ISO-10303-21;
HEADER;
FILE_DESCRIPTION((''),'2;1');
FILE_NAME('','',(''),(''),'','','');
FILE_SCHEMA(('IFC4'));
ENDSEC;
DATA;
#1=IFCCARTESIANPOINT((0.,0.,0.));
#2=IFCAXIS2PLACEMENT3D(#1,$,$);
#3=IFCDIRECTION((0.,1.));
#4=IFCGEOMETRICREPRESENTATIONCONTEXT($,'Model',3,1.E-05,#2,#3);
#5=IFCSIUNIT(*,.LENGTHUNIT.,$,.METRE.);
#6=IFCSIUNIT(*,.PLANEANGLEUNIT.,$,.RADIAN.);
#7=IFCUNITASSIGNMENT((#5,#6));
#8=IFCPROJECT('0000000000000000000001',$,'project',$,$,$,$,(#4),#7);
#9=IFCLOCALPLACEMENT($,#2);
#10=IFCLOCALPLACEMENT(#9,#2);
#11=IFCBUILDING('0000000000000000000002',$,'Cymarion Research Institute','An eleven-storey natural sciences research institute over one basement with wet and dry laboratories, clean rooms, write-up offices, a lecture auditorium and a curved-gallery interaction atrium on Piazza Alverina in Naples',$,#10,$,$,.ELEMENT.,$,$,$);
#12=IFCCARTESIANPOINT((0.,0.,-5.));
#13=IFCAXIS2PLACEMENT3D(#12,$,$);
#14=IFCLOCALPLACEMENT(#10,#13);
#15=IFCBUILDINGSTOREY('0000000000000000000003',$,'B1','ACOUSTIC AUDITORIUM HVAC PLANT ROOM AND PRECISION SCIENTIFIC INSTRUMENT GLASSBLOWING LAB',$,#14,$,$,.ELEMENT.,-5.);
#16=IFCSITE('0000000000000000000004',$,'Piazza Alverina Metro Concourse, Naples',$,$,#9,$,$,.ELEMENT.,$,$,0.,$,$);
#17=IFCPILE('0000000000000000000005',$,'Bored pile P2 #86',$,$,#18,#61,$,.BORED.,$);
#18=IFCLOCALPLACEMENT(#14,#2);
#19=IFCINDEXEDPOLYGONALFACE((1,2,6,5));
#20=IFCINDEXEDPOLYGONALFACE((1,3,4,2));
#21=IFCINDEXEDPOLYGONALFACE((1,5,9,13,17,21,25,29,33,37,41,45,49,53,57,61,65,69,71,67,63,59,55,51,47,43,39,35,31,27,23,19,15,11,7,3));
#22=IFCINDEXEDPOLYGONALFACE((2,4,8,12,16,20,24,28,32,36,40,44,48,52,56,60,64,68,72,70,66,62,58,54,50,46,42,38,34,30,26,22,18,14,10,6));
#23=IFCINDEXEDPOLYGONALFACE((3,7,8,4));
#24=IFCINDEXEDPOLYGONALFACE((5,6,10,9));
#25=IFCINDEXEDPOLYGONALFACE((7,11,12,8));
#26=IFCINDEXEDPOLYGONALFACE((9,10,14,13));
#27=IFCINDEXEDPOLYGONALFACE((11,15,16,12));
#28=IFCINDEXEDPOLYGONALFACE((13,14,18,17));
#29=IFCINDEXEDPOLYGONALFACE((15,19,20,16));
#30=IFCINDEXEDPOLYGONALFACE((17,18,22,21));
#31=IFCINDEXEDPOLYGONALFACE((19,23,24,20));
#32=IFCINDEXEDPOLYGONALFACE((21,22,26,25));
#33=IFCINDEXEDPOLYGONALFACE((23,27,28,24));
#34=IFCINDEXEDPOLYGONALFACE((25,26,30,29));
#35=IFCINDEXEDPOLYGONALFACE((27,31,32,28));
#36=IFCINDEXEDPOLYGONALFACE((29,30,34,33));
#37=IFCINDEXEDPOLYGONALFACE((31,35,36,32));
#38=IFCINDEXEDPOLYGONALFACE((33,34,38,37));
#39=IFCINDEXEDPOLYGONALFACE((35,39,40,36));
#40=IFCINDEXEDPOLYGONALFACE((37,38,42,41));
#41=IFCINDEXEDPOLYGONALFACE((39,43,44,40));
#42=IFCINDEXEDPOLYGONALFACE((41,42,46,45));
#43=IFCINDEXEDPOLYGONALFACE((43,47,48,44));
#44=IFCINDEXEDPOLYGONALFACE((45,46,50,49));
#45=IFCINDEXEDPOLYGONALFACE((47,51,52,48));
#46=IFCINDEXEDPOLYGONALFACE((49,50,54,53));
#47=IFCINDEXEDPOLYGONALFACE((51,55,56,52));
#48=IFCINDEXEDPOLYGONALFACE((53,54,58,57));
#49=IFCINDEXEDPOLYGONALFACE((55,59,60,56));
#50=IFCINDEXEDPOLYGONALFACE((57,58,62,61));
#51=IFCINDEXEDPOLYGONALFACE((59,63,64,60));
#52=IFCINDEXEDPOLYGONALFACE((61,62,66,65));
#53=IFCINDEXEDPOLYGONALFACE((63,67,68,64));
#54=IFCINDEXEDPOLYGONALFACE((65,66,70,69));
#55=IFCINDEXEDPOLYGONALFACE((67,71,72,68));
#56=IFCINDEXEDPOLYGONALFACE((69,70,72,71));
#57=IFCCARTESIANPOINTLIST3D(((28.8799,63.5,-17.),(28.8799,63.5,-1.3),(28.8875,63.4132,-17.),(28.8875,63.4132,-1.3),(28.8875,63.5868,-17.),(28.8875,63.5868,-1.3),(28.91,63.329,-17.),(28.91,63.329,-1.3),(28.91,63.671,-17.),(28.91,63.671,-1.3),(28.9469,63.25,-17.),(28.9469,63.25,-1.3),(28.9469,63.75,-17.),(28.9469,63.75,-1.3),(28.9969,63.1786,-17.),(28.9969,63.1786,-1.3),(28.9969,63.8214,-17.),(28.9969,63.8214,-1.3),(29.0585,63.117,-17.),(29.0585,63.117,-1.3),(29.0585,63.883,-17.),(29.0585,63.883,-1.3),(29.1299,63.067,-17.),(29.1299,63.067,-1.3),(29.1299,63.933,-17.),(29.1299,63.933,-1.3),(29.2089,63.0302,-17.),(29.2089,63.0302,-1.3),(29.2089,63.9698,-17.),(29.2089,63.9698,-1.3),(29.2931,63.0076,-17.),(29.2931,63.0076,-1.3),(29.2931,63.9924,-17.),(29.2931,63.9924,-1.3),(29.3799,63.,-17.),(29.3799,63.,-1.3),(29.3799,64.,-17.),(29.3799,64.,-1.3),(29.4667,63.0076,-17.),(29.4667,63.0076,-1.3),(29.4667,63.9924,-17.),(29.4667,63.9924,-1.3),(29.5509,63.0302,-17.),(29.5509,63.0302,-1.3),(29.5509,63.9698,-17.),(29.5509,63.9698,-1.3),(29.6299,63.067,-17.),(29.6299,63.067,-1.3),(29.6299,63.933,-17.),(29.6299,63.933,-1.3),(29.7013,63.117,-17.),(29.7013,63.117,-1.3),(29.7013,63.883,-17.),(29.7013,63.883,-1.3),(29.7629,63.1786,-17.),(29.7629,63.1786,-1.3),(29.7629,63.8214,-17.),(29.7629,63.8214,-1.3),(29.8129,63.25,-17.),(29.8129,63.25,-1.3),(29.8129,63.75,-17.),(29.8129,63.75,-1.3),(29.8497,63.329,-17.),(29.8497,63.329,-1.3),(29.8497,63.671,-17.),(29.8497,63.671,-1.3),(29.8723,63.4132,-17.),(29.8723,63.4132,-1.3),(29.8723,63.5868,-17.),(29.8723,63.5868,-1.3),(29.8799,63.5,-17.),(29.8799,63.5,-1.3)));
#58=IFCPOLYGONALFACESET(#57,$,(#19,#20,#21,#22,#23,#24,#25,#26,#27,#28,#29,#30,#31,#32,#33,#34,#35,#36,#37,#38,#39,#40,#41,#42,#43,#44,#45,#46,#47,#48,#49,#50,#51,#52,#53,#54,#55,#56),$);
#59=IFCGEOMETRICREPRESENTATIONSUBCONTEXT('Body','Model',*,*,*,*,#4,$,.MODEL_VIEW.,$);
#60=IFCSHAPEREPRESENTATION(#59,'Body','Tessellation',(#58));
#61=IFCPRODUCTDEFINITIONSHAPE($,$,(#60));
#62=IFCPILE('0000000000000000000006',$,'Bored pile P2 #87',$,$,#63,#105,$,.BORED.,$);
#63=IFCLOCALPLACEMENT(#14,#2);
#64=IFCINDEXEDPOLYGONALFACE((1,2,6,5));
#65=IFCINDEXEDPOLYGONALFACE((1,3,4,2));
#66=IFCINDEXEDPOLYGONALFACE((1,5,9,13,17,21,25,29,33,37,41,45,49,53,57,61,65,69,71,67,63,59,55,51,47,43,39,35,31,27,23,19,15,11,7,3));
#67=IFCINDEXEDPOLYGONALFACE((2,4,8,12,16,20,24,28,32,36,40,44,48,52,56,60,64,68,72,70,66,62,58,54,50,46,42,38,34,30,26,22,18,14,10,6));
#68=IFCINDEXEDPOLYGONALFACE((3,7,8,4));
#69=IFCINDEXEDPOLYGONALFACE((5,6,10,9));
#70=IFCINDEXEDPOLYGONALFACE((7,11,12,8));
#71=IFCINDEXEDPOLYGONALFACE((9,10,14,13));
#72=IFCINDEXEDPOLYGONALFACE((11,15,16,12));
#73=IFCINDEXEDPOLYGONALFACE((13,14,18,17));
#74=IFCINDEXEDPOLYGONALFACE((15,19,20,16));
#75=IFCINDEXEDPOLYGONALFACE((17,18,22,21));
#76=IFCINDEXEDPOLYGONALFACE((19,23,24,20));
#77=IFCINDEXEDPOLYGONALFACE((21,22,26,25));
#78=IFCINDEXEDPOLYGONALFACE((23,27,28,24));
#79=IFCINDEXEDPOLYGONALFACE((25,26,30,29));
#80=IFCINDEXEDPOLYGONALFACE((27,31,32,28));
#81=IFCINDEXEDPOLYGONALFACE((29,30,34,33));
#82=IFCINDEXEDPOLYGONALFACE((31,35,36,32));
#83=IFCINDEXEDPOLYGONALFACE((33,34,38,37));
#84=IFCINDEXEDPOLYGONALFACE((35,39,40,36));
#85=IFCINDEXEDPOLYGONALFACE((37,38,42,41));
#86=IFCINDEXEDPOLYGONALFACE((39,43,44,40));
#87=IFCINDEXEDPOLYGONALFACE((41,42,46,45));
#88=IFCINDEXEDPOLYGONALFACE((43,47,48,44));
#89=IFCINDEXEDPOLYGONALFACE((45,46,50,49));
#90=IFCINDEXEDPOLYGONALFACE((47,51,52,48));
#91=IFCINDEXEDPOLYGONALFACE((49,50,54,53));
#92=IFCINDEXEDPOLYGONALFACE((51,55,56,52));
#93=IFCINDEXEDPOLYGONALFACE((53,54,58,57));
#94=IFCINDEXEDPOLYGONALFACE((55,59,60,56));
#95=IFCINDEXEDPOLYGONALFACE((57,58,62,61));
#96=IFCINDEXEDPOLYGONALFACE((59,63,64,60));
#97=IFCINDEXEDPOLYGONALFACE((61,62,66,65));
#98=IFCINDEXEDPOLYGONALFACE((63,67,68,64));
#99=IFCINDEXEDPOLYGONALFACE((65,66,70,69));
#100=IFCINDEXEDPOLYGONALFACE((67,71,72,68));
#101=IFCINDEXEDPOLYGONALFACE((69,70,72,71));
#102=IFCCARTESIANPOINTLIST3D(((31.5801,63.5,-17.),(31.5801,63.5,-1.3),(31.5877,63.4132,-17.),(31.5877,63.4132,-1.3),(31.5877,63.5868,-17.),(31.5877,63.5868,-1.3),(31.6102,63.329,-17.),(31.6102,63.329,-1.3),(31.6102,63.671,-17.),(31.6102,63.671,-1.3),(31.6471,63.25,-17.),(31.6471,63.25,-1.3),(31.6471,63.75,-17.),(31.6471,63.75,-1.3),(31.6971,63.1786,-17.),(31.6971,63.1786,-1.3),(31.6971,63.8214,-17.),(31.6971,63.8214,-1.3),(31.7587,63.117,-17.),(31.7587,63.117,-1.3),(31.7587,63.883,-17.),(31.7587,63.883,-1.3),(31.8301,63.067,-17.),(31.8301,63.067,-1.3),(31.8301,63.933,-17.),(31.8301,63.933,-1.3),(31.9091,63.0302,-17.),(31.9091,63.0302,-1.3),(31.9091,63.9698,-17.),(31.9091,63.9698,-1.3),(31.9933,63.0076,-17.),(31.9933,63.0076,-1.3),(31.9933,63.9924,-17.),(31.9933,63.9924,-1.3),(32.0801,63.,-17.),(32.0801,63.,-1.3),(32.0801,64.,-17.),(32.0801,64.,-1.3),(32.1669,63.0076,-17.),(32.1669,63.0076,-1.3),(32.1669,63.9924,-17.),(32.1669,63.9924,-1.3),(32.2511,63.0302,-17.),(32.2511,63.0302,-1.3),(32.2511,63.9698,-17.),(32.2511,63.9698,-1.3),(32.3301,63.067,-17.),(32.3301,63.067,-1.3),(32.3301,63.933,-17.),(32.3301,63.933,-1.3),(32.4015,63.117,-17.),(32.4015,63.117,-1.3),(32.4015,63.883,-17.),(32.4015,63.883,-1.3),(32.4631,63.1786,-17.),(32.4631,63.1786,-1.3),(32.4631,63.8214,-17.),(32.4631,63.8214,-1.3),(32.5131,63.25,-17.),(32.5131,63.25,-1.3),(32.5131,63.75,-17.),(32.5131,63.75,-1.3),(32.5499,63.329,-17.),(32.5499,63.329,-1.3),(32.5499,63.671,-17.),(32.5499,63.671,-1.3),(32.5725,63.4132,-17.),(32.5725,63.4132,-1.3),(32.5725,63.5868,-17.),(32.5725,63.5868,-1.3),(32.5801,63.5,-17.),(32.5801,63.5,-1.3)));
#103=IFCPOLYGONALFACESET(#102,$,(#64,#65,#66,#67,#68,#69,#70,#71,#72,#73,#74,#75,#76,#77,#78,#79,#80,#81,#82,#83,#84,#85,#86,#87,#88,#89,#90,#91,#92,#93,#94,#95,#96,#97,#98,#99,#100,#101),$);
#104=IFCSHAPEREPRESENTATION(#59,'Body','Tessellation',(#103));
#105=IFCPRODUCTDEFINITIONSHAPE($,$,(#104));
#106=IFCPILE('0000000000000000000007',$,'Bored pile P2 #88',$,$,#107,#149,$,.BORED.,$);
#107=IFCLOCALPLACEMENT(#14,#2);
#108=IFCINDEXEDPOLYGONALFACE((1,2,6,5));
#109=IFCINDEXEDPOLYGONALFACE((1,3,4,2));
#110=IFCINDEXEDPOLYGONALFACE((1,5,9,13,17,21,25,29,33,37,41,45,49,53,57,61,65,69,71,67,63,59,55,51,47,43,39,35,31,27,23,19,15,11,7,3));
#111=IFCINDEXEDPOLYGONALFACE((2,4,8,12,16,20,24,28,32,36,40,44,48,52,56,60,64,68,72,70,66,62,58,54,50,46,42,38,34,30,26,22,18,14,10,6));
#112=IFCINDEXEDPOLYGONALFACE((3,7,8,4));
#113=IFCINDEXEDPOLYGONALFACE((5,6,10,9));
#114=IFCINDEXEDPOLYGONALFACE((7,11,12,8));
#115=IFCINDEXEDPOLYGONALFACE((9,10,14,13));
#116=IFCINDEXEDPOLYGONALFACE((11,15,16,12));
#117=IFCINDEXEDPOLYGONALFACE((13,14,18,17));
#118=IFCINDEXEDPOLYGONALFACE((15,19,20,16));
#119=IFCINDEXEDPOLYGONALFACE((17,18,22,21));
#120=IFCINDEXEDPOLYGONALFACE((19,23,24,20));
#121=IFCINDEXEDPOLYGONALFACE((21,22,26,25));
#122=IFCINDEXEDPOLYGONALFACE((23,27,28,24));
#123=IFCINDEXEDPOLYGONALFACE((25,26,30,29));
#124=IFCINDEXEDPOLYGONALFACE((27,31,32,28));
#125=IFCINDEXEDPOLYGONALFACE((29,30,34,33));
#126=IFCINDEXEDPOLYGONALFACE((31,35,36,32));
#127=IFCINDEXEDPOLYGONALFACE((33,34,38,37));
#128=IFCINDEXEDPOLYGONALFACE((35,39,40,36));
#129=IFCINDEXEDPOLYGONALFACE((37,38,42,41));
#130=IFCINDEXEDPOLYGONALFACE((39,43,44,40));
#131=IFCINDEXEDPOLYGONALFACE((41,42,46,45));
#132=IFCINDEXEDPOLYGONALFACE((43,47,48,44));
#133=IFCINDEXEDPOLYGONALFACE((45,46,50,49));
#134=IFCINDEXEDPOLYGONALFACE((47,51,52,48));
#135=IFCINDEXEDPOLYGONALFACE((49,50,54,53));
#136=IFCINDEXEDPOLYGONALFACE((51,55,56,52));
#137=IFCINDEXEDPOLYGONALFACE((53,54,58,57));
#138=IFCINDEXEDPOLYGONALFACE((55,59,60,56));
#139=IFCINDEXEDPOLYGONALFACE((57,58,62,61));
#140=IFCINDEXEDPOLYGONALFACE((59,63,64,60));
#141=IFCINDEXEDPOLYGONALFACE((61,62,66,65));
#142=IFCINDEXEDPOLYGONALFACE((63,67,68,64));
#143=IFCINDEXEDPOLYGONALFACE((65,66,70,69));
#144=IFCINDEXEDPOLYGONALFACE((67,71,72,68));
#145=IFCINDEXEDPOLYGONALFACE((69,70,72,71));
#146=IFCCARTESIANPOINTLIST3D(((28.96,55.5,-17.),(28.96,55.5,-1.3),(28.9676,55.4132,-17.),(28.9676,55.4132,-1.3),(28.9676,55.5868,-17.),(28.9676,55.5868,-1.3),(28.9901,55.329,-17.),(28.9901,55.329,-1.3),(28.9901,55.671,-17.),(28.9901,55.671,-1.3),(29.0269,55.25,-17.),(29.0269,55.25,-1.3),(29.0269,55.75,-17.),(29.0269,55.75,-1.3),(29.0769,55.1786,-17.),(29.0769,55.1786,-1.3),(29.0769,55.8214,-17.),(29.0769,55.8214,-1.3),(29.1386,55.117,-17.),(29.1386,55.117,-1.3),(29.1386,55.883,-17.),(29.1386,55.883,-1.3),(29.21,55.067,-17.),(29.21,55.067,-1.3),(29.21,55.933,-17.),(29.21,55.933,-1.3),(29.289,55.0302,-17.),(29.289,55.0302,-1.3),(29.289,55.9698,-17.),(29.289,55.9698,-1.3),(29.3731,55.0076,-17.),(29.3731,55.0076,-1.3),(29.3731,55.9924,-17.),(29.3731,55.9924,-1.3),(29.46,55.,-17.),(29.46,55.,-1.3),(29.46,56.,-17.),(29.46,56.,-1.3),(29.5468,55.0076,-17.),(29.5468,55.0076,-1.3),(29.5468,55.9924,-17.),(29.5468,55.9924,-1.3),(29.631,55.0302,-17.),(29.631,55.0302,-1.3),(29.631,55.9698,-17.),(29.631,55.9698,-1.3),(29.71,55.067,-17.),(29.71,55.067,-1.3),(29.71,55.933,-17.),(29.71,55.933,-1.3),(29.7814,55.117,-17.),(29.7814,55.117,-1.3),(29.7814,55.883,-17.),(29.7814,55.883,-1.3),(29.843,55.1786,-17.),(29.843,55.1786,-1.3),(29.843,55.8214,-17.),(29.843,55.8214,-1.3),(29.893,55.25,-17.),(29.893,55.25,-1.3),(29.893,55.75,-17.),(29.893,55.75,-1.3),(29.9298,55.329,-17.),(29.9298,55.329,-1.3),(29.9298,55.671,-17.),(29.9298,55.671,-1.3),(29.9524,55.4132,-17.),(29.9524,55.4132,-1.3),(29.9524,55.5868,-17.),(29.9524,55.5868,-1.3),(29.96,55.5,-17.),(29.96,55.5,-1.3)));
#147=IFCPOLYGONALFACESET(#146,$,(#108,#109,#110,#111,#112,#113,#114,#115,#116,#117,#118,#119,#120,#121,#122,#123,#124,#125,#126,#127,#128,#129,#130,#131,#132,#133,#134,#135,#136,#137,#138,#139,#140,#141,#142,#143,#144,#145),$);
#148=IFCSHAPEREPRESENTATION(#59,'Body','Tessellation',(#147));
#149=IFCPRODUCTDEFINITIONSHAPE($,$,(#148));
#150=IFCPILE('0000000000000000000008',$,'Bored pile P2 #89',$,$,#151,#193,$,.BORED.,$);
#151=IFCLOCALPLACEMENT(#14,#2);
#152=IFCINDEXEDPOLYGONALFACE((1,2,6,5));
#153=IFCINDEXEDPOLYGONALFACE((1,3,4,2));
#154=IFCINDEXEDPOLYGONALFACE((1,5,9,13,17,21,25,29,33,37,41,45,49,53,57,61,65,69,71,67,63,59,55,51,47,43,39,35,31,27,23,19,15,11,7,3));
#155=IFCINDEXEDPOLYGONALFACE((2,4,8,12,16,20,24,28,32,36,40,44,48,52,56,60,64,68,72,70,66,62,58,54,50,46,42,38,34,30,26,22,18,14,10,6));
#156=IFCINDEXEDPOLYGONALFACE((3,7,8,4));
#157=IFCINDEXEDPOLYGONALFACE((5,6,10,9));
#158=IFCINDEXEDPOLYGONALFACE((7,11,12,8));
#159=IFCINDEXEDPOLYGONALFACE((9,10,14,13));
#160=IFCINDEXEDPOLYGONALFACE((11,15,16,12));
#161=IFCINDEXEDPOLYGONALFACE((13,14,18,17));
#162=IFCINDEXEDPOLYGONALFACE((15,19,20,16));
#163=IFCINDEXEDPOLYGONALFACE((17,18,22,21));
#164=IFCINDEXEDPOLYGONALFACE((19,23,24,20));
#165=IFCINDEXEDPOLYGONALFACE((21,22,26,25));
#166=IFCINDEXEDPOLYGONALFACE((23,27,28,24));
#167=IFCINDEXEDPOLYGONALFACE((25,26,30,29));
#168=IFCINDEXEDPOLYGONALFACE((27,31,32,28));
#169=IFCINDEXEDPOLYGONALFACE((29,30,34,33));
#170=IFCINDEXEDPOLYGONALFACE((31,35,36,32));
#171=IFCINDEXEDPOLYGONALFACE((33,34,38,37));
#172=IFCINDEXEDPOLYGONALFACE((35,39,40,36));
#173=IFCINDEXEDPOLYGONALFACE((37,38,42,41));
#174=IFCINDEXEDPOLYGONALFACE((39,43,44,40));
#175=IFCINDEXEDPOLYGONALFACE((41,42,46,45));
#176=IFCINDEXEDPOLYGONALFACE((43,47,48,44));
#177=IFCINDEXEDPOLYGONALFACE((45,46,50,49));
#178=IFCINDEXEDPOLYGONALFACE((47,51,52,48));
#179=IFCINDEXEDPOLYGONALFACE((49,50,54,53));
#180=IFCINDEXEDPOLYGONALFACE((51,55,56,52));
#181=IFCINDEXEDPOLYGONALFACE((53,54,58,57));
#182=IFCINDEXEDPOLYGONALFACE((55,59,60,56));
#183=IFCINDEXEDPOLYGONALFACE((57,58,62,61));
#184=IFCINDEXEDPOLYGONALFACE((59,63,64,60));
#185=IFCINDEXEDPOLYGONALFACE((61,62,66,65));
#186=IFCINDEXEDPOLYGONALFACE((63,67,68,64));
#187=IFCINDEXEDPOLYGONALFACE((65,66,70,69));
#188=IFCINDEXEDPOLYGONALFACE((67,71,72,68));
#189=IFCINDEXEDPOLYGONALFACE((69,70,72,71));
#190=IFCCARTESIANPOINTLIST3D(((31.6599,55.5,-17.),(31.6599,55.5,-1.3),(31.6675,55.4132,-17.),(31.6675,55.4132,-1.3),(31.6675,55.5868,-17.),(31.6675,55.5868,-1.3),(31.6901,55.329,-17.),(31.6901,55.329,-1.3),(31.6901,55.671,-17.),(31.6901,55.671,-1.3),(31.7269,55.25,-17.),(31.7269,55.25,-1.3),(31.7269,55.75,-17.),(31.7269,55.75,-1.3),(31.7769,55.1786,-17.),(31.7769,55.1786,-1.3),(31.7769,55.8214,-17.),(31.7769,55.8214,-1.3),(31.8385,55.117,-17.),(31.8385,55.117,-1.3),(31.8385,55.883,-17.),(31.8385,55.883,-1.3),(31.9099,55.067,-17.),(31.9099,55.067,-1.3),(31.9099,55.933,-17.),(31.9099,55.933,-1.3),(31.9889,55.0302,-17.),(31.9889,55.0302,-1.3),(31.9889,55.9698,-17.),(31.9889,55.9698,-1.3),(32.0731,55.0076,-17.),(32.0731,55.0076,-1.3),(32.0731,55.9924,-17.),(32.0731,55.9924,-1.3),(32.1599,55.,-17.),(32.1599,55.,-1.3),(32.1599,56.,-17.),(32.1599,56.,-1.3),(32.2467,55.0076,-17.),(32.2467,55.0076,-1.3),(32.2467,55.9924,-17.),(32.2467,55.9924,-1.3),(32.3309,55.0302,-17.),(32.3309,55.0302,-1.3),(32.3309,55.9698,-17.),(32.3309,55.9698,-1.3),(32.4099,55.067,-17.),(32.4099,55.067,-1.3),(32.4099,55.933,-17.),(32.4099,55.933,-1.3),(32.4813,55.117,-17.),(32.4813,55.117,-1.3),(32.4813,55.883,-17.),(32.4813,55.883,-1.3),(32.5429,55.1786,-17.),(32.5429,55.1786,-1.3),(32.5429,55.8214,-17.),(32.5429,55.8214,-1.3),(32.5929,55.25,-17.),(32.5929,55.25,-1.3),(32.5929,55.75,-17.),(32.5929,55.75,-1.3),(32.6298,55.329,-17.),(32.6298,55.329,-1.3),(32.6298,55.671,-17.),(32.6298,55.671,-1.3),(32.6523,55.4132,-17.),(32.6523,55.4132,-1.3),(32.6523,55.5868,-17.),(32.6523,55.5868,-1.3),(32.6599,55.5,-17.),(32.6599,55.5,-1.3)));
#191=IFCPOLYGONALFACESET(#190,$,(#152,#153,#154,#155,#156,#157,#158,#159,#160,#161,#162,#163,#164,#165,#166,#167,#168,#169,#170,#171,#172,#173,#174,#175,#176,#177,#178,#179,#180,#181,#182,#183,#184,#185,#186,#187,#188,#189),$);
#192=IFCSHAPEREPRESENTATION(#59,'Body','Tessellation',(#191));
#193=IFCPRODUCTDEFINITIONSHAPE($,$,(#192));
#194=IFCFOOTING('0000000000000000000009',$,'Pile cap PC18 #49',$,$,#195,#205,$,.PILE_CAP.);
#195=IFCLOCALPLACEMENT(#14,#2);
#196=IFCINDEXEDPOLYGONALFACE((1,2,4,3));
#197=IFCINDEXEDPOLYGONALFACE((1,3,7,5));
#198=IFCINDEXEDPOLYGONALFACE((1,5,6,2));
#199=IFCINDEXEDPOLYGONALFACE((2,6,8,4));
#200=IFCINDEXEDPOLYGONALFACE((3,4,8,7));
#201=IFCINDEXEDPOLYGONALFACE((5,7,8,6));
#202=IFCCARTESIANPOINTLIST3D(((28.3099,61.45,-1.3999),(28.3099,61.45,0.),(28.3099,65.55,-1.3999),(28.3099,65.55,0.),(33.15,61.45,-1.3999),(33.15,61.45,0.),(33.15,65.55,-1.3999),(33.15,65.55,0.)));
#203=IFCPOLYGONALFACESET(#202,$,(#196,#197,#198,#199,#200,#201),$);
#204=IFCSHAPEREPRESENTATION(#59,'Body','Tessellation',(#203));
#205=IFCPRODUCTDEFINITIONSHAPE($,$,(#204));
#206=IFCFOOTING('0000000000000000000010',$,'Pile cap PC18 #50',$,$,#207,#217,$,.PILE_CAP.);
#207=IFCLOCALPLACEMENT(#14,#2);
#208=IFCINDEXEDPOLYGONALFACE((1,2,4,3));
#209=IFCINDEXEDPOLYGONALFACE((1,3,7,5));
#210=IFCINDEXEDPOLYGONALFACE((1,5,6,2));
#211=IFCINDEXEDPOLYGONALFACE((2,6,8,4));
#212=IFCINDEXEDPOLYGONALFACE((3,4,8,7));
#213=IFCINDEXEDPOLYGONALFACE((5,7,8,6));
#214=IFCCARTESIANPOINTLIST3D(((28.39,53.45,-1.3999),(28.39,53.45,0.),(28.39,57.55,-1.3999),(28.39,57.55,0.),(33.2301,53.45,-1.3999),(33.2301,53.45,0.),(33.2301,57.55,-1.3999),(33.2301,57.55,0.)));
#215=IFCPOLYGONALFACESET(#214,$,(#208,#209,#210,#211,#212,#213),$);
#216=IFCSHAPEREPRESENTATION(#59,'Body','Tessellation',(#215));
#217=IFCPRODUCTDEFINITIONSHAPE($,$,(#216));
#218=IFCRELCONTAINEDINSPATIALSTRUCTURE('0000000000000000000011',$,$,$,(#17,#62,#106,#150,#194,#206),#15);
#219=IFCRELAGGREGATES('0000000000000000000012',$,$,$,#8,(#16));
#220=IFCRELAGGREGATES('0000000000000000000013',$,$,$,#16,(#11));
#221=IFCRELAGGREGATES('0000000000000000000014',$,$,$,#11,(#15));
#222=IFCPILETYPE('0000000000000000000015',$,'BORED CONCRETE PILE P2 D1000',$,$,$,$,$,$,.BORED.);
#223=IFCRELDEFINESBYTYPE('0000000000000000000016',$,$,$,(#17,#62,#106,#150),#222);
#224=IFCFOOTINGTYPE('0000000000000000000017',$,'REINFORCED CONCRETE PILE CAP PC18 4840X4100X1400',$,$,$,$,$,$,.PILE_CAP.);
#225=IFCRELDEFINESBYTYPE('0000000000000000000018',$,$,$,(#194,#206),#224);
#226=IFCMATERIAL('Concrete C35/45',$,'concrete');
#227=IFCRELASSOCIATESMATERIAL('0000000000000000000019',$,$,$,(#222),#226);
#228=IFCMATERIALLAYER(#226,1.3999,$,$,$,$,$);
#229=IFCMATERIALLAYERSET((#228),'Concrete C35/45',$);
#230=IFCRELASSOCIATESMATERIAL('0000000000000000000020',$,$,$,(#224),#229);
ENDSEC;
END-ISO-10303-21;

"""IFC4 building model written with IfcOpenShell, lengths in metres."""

from ifc_helpers import new_model, si_unit, direction, frame, origin, origin_2d, place, context, subcontext, project, spatial, rectangle, circle, extrude, material, layer, layer_set, material_profile, profile_set, type_object, element, save


model = new_model("IFC4")

# Units and contexts
model_context = context("Model", 3, precision=1e-05, world=origin(), true_north=direction((0.0, 1.0)))
body_context = subcontext(model_context, "Body", "Model", "MODEL_VIEW")
ifc_project = project(units=[si_unit("LENGTHUNIT", "METRE"), si_unit("PLANEANGLEUNIT", "RADIAN")], contexts=[model_context])

# Site, building, storey
site_placement = place(None, origin())
site = spatial("IfcSite", under=ifc_project, at=site_placement, Name="Piazza Alverina Metro Concourse, Naples", CompositionType="ELEMENT", RefElevation=0.0)
building_placement = place(site_placement, origin())
building = spatial("IfcBuilding", under=site, at=building_placement, Name="Cymarion Research Institute", Description="An eleven-storey natural sciences research institute over one basement with wet and dry laboratories, clean rooms, write-up offices, a lecture auditorium and a curved-gallery interaction atrium on Piazza Alverina in Naples", CompositionType="ELEMENT")
storey_placement = place(building_placement, frame((0.0, 0.0, -5.0)))
storey = spatial("IfcBuildingStorey", under=building, at=storey_placement, Name="B1", Description="ACOUSTIC AUDITORIUM HVAC PLANT ROOM AND PRECISION SCIENTIFIC INSTRUMENT GLASSBLOWING LAB", CompositionType="ELEMENT", Elevation=-5.0)

# Piles
ifc_material_1 = material(Name="Concrete C35/45", Category="concrete")
ifc_material_profile_1 = material_profile(ifc_material_1, circle(Radius=0.5, at=origin_2d()), Name="BORED PILE D1000")
ifc_profile_set_1 = profile_set([ifc_material_profile_1], Name="Concrete C35/45")
pile_type = type_object("IfcPileType", Name="BORED CONCRETE PILE P2 D1000", PredefinedType="BORED", material=ifc_profile_set_1)
for number, where, z_axis, x_axis, name in (
    (1, (29.3799, 63.5, -1.3), (0.0, 0.0, -1.0), (1.0, 0.0, 0.0), "Bored pile P2 #86"),
    (2, (32.0801, 63.5, -1.3), (0.0, 0.0, -1.0), (1.0, 0.0, 0.0), "Bored pile P2 #87"),
    (3, (29.46, 55.5, -1.3), (0.0, 0.0, -1.0), (1.0, 0.0, 0.0), "Bored pile P2 #88"),
    (4, (32.1599, 55.5, -1.3), (0.0, 0.0, -1.0), (1.0, 0.0, 0.0), "Bored pile P2 #89"),
):
    element("IfcPile", number, at=place(storey_placement, frame(where, z_axis=z_axis, x_axis=x_axis)), inside=storey, type_object=pile_type, Name=name, PredefinedType="BORED", context=body_context, shape_type="SweptSolid", body=[
        extrude(circle(Radius=0.5, at=origin_2d()), origin(), (0.0, 0.0, 1.0), 15.7),
    ])

# Footings
ifc_layer_1 = layer(ifc_material_1, 1.3999)
ifc_layer_set_1 = layer_set([ifc_layer_1], Name="Concrete C35/45")
footing_type = type_object("IfcFootingType", Name="REINFORCED CONCRETE PILE CAP PC18 4840X4100X1400", PredefinedType="PILE_CAP", material=ifc_layer_set_1)
for number, where, z_axis, x_axis, name in (
    (5, (30.73, 63.5, -1.3999), (0.0, 0.0, 1.0), (1.0, 0.0, 0.0), "Pile cap PC18 #49"),
    (6, (30.8101, 55.5, -1.3999), (0.0, 0.0, 1.0), (1.0, 0.0, 0.0), "Pile cap PC18 #50"),
):
    element("IfcFooting", number, at=place(storey_placement, frame(where, z_axis=z_axis, x_axis=x_axis)), inside=storey, type_object=footing_type, Name=name, PredefinedType="PILE_CAP", context=body_context, shape_type="SweptSolid", body=[
        extrude(rectangle(XDim=4.8401, YDim=4.1001, at=origin_2d()), origin(), (0.0, 0.0, 1.0), 1.3999),
    ])

save(model, "model.ifc")
